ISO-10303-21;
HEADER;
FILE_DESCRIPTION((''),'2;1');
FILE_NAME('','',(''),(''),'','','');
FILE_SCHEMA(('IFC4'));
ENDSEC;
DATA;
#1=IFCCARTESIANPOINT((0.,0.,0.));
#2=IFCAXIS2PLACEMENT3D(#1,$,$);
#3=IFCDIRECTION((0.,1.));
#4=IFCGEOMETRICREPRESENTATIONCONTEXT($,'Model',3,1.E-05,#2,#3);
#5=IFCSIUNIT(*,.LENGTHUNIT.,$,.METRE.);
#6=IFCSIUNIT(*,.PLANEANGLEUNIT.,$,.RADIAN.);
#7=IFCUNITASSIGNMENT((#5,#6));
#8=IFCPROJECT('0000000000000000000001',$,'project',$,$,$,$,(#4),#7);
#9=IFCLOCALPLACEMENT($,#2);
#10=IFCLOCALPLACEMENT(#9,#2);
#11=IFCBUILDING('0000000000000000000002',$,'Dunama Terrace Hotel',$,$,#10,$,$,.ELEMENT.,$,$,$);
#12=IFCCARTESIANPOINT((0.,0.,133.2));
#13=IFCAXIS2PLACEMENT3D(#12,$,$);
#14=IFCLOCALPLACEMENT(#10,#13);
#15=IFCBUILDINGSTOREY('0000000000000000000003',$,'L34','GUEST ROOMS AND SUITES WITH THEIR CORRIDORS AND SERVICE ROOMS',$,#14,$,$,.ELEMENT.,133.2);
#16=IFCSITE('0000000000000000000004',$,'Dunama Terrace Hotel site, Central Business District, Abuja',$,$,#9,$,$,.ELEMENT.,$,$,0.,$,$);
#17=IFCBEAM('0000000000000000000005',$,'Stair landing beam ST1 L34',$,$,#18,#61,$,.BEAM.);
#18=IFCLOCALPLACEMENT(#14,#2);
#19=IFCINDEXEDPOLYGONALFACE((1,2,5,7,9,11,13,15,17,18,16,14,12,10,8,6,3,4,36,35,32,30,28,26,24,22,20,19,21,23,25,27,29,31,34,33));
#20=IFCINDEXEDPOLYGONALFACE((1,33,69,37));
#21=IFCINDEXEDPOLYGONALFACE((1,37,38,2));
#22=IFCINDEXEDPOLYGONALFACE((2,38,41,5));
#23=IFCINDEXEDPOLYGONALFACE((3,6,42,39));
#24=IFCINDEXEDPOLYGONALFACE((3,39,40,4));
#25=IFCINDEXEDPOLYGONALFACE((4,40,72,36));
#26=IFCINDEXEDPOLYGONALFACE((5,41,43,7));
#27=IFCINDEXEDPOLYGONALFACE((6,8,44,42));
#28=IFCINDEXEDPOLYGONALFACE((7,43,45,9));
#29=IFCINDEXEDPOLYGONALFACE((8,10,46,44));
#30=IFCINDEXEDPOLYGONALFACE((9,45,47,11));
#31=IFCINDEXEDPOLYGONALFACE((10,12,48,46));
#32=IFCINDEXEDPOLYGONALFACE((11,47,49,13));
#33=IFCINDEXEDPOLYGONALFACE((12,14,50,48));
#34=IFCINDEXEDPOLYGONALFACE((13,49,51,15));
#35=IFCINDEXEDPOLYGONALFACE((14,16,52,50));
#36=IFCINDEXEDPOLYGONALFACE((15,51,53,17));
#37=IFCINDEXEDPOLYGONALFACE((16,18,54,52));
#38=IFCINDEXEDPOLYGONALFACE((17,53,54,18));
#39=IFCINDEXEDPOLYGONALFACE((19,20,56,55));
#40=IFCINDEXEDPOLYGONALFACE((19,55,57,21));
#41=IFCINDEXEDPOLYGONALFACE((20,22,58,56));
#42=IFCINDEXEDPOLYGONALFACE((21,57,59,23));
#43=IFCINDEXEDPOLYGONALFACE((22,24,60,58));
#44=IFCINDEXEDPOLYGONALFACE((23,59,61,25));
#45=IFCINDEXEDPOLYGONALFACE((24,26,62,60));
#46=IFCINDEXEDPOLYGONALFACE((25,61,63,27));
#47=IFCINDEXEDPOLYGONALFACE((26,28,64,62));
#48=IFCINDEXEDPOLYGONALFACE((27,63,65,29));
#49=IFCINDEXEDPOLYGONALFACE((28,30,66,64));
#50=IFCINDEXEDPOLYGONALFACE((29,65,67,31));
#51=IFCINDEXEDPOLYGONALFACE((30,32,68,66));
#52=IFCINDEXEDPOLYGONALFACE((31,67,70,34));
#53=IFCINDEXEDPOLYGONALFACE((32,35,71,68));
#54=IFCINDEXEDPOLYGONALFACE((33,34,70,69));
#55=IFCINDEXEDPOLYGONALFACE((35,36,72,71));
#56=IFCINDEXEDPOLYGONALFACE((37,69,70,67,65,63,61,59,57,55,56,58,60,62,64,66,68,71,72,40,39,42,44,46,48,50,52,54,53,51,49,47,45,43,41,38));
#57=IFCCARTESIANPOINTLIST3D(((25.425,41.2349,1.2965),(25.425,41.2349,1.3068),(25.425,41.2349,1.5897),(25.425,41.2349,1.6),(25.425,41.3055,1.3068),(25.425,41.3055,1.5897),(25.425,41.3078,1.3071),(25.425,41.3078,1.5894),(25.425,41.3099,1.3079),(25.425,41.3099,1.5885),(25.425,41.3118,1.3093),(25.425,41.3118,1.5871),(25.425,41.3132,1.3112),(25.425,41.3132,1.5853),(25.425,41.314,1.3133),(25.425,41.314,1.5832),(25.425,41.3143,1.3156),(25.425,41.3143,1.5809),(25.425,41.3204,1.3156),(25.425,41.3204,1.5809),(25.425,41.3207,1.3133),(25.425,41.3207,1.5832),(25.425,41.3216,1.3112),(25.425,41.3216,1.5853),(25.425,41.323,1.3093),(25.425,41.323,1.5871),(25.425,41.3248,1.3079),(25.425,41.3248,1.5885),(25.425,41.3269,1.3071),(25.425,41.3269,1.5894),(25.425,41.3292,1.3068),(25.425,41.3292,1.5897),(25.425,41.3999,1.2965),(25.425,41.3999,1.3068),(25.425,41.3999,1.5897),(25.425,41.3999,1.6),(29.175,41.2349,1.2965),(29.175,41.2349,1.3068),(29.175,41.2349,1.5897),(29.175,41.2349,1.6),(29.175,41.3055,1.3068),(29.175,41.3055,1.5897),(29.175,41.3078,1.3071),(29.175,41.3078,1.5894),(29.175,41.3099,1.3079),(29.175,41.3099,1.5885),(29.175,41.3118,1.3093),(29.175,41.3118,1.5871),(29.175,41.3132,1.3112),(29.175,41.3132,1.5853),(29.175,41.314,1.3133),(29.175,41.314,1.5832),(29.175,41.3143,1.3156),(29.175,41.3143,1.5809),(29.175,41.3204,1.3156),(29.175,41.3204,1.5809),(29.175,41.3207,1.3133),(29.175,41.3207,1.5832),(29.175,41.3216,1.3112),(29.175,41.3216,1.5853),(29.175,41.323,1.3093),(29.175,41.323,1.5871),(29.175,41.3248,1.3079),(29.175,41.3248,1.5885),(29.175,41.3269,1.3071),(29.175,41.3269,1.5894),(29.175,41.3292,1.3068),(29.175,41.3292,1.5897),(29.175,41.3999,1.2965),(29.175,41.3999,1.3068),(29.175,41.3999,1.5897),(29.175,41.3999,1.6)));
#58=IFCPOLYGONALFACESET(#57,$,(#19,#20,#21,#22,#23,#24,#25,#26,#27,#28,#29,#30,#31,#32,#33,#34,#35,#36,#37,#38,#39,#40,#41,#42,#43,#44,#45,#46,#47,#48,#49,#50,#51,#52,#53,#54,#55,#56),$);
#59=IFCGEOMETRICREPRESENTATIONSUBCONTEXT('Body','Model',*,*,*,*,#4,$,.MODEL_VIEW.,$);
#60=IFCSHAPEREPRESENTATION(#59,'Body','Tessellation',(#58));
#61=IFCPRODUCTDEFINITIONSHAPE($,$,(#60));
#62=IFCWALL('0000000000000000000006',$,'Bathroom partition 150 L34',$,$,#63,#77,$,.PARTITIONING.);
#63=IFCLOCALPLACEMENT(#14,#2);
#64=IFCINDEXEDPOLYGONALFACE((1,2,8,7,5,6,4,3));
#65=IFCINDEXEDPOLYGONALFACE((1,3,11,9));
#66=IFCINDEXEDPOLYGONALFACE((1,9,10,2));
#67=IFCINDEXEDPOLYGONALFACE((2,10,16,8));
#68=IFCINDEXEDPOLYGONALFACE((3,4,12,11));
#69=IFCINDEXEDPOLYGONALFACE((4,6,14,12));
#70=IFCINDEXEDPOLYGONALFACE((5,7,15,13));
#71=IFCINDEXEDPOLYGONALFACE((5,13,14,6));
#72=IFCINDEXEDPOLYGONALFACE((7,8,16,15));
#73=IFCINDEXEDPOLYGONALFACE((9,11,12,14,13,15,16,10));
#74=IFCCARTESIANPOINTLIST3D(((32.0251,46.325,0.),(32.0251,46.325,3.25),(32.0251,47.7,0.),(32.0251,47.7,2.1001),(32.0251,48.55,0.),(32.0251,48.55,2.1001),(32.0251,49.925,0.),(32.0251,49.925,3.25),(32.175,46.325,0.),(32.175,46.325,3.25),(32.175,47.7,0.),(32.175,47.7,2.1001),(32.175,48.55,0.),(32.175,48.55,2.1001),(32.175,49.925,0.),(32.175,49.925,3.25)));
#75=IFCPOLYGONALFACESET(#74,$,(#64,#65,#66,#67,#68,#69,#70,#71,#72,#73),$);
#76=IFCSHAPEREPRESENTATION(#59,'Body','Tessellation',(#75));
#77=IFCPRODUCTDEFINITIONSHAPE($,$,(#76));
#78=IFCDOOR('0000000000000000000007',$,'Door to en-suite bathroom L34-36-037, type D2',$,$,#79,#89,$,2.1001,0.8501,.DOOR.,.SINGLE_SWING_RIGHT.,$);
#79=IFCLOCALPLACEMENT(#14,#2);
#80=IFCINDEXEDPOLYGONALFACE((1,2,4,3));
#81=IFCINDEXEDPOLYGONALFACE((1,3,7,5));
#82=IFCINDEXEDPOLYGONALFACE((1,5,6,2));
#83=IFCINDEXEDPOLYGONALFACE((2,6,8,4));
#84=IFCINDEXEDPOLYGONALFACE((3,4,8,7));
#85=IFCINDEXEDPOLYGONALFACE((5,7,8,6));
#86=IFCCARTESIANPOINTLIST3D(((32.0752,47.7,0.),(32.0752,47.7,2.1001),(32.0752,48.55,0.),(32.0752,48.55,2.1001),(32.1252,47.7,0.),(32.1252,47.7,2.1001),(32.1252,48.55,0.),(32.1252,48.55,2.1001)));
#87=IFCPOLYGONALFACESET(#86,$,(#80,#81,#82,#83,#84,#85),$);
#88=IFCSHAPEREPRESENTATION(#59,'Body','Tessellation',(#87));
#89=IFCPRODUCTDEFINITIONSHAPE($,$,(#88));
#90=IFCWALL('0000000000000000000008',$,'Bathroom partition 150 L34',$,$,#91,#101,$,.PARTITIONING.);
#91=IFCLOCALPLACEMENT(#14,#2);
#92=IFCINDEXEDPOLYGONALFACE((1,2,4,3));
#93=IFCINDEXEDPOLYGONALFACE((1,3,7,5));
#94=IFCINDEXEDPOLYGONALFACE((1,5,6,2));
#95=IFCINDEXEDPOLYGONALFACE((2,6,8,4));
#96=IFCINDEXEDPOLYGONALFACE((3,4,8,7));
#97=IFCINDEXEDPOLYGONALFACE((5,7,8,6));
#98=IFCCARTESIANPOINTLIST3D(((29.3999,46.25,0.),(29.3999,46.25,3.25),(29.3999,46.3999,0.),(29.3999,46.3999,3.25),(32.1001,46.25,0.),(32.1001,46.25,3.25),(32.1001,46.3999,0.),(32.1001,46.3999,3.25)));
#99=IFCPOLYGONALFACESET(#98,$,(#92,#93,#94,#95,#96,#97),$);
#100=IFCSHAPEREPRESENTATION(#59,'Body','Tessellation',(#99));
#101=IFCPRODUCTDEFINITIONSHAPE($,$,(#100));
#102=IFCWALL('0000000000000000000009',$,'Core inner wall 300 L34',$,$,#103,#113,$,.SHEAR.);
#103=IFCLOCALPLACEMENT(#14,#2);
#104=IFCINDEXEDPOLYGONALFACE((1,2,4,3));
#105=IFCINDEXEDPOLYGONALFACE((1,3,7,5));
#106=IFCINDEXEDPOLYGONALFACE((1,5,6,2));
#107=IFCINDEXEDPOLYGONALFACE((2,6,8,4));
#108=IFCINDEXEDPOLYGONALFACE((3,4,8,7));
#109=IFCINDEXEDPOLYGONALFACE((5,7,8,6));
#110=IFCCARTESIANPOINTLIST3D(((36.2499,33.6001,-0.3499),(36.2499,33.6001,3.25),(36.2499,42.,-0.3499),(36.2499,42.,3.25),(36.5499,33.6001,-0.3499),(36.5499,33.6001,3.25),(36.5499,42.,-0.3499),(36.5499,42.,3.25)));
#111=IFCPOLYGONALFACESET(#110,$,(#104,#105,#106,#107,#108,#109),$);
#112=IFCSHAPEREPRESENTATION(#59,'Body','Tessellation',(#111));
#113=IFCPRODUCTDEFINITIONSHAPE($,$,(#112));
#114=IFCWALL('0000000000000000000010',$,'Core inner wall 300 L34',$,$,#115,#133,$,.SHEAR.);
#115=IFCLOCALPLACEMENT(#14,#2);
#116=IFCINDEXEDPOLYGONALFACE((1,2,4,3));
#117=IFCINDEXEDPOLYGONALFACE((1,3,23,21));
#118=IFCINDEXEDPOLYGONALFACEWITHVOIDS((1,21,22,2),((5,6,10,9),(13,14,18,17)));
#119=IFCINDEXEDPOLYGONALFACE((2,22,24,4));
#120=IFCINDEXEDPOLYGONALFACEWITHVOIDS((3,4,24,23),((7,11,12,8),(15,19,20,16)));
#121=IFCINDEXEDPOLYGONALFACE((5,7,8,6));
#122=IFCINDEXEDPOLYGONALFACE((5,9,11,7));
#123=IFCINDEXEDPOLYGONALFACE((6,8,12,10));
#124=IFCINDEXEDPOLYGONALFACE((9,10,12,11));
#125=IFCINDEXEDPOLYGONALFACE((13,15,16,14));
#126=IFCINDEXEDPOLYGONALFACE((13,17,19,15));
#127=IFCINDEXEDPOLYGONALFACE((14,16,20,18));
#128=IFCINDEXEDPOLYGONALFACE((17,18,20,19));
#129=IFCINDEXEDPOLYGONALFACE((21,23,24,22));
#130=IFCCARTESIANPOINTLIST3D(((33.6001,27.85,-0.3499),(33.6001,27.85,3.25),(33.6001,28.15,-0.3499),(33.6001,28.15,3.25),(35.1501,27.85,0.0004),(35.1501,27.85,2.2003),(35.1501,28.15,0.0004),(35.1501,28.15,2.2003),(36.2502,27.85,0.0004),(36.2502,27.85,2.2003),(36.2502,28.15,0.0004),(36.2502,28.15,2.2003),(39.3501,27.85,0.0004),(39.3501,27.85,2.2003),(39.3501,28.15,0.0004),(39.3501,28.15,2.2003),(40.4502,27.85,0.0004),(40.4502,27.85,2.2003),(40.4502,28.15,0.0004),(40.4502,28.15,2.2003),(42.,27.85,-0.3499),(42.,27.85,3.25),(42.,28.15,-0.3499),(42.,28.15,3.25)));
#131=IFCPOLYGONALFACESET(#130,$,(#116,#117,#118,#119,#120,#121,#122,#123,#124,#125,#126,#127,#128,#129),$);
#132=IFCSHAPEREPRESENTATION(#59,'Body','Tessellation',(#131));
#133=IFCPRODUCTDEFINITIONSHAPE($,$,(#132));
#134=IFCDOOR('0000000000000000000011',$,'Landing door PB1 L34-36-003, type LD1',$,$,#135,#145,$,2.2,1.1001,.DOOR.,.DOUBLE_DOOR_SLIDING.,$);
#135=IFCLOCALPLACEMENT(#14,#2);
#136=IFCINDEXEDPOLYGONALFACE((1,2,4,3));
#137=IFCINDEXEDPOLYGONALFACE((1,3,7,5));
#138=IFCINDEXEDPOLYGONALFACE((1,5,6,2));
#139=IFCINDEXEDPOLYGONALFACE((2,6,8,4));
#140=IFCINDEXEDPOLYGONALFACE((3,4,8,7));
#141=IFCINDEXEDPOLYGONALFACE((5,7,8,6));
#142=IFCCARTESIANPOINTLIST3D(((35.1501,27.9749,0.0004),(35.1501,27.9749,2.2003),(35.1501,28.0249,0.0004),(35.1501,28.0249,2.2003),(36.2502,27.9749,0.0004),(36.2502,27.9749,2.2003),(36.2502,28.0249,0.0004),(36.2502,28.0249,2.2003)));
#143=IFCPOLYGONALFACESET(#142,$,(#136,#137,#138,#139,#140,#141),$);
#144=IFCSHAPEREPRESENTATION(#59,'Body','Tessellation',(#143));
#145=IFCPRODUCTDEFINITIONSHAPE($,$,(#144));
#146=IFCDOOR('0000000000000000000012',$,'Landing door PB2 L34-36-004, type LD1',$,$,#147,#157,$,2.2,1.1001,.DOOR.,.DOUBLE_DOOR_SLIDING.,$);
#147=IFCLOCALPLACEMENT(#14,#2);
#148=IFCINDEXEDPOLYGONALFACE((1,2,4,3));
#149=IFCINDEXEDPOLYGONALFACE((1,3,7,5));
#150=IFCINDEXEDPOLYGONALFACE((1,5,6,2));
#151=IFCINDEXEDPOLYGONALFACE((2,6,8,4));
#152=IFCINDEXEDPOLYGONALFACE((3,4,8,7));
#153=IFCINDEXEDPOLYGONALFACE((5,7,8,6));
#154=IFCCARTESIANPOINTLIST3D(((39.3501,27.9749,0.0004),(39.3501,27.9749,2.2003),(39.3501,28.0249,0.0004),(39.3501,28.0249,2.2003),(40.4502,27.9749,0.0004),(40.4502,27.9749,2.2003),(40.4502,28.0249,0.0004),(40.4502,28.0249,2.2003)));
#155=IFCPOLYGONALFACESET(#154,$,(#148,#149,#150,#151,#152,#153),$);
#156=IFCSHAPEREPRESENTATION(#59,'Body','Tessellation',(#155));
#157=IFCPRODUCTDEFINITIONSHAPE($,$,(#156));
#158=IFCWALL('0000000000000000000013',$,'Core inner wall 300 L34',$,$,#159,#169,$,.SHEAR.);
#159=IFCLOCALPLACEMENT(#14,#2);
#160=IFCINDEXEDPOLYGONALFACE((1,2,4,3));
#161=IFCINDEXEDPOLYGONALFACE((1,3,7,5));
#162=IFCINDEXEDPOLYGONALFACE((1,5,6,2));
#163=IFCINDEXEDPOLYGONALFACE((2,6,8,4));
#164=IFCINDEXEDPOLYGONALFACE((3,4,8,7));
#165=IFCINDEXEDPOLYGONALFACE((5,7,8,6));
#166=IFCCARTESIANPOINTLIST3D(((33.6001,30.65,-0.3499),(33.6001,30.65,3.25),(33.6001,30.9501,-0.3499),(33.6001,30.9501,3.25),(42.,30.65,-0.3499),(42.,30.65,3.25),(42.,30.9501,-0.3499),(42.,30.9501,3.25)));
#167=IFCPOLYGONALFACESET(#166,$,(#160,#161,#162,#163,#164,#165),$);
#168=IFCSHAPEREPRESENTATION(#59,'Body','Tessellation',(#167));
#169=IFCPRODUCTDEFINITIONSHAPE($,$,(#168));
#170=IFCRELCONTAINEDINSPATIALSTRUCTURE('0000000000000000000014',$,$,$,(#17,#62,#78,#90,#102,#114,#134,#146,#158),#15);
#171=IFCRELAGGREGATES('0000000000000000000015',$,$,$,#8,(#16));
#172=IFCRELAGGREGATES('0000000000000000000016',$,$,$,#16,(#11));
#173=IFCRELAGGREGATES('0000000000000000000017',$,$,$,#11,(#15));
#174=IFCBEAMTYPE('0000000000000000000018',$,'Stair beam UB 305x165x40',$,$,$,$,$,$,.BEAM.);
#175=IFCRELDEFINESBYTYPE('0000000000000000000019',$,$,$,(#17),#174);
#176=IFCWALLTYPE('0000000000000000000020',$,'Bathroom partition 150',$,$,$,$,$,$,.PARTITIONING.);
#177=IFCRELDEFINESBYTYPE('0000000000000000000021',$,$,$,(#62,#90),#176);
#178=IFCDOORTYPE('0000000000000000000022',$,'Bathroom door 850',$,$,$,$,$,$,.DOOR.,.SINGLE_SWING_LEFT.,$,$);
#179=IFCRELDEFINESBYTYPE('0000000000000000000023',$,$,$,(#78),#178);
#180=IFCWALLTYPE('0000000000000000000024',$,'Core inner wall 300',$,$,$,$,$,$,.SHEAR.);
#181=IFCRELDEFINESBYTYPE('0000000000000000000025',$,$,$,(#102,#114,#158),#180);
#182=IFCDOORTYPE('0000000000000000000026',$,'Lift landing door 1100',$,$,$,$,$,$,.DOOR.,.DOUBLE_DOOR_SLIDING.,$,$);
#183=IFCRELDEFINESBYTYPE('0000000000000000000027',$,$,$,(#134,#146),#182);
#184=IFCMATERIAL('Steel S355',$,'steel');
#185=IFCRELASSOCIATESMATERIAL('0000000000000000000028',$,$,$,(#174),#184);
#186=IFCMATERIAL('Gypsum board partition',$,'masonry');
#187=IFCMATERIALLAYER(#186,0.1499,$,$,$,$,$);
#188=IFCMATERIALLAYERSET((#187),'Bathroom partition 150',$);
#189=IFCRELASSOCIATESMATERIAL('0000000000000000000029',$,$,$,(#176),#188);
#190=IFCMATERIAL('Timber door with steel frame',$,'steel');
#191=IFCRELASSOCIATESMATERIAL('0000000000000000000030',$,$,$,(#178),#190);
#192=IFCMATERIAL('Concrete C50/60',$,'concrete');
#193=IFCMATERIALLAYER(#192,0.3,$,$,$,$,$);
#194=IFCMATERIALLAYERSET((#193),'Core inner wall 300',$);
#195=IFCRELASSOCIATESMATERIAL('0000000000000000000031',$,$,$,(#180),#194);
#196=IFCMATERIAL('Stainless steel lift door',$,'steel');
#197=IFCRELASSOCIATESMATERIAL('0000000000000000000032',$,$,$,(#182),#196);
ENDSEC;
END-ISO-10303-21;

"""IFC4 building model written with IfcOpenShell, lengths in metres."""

from ifc_helpers import new_model, si_unit, direction, frame, frame_2d, origin, origin_2d, place, context, subcontext, project, spatial, rectangle, i_section, extrude, material, layer, layer_set, material_profile, profile_set, type_object, element, fill, save


model = new_model("IFC4")

# Units and contexts
model_context = context("Model", 3, precision=1e-05, world=origin(), true_north=direction((0.0, 1.0)))
body_context = subcontext(model_context, "Body", "Model", "MODEL_VIEW")
ifc_project = project(units=[si_unit("LENGTHUNIT", "METRE"), si_unit("PLANEANGLEUNIT", "RADIAN")], contexts=[model_context])

# Site, building, storey
site_placement = place(None, origin())
site = spatial("IfcSite", under=ifc_project, at=site_placement, Name="Dunama Terrace Hotel site, Central Business District, Abuja", CompositionType="ELEMENT", RefElevation=0.0)
building_placement = place(site_placement, origin())
building = spatial("IfcBuilding", under=site, at=building_placement, Name="Dunama Terrace Hotel", CompositionType="ELEMENT")
storey_placement = place(building_placement, frame((0.0, 0.0, 133.2)))
storey = spatial("IfcBuildingStorey", under=building, at=storey_placement, Name="L34", Description="GUEST ROOMS AND SUITES WITH THEIR CORRIDORS AND SERVICE ROOMS", CompositionType="ELEMENT", Elevation=133.2)

# Beam
ifc_material_1 = material(Name="Steel S355", Category="steel")
ifc_material_profile = material_profile(ifc_material_1, i_section(OverallWidth=0.165, OverallDepth=0.3035, WebThickness=0.0061, FlangeThickness=0.0103, FilletRadius=0.0088, at=origin_2d()), Name="UB 305x165x40")
ifc_profile_set = profile_set([ifc_material_profile], Name="Steel S355")
beam_type = type_object("IfcBeamType", Name="Stair beam UB 305x165x40", PredefinedType="BEAM", material=ifc_profile_set)
beam_placement = place(storey_placement, frame((25.425, 41.3174, 1.4482), z_axis=(1.0, 0.0, 0.0), x_axis=(0.0, 1.0, 0.0)))
element("IfcBeam", 1, at=beam_placement, inside=storey, type_object=beam_type, Name="Stair landing beam ST1 L34", PredefinedType="BEAM", context=body_context, shape_type="SweptSolid", body=[
    extrude(i_section(OverallWidth=0.165, OverallDepth=0.3035, WebThickness=0.0061, FlangeThickness=0.0103, FilletRadius=0.0088, at=origin_2d()), origin(), (0.0, 0.0, 1.0), 3.75),
])

# Wall, opening, door
ifc_material_2 = material(Name="Gypsum board partition", Category="masonry")
ifc_layer_1 = layer(ifc_material_2, 0.1499)
ifc_layer_set_1 = layer_set([ifc_layer_1], Name="Bathroom partition 150")
wall_type_1 = type_object("IfcWallType", Name="Bathroom partition 150", PredefinedType="PARTITIONING", material=ifc_layer_set_1)
wall_1_placement = place(storey_placement, frame((32.1001, 46.325, 0.0), z_axis=(0.0, 0.0, 1.0), x_axis=(0.0, 1.0, 0.0)))
wall_1 = element("IfcWall", 2, at=wall_1_placement, inside=storey, type_object=wall_type_1, Name="Bathroom partition 150 L34", PredefinedType="PARTITIONING", context=body_context, shape_type="SweptSolid", body=[
    extrude(rectangle(XDim=3.6001, YDim=0.1499, at=frame_2d((1.8, 0.0))), origin(), (0.0, 0.0, 1.0), 3.25),
])
opening_1_placement = place(wall_1_placement, frame((1.375, 0.0, 0.0)))
opening_1 = element("IfcOpeningElement", 3, at=opening_1_placement, cuts=wall_1, PredefinedType="OPENING", context=body_context, shape_type="SweptSolid", body=[
    extrude(rectangle(XDim=0.8501, YDim=2.1001, at=frame_2d((0.425, 1.05))), frame((0.0, 0.085, 0.0), z_axis=(0.0, -1.0, 0.0), x_axis=(1.0, 0.0, 0.0)), (0.0, 0.0, 1.0), 0.1699),
])
ifc_material_3 = material(Name="Timber door with steel frame", Category="steel")
door_type_1 = type_object("IfcDoorType", Name="Bathroom door 850", OperationType="SINGLE_SWING_LEFT", PredefinedType="DOOR", material=ifc_material_3)
door_1_placement = place(opening_1_placement, origin())
door_1 = element("IfcDoor", 4, at=door_1_placement, inside=storey, type_object=door_type_1, Name="Door to en-suite bathroom L34-36-037, type D2", OperationType="SINGLE_SWING_RIGHT", OverallHeight=2.1001, OverallWidth=0.8501, PredefinedType="DOOR", context=body_context, shape_type="SweptSolid", body=[
    extrude(rectangle(XDim=0.8501, YDim=2.1001, at=frame_2d((0.425, 1.05))), frame((0.0, 0.0249, 0.0), z_axis=(0.0, -1.0, 0.0), x_axis=(1.0, 0.0, 0.0)), (0.0, 0.0, 1.0), 0.05),
])
fill(opening_1, door_1)

# Walls
wall_2_placement = place(storey_placement, frame((29.3999, 46.325, 0.0), z_axis=(0.0, 0.0, 1.0), x_axis=(1.0, 0.0, 0.0)))
element("IfcWall", 5, at=wall_2_placement, inside=storey, type_object=wall_type_1, Name="Bathroom partition 150 L34", PredefinedType="PARTITIONING", context=body_context, shape_type="SweptSolid", body=[
    extrude(rectangle(XDim=2.7002, YDim=0.1499, at=frame_2d((1.3501, 0.0))), origin(), (0.0, 0.0, 1.0), 3.25),
])
ifc_material_4 = material(Name="Concrete C50/60", Category="concrete")
ifc_layer_2 = layer(ifc_material_4, 0.3)
ifc_layer_set_2 = layer_set([ifc_layer_2], Name="Core inner wall 300")
wall_type_2 = type_object("IfcWallType", Name="Core inner wall 300", PredefinedType="SHEAR", material=ifc_layer_set_2)
wall_3_placement = place(storey_placement, frame((36.3999, 33.6001, -0.3499), z_axis=(0.0, 0.0, 1.0), x_axis=(0.0, 1.0, 0.0)))
element("IfcWall", 6, at=wall_3_placement, inside=storey, type_object=wall_type_2, Name="Core inner wall 300 L34", PredefinedType="SHEAR", context=body_context, shape_type="SweptSolid", body=[
    extrude(rectangle(XDim=8.3999, YDim=0.3, at=frame_2d((4.2, 0.0))), origin(), (0.0, 0.0, 1.0), 3.5999),
])

# Wall, openings, doors
wall_4_placement = place(storey_placement, frame((33.6001, 28.0, -0.3499), z_axis=(0.0, 0.0, 1.0), x_axis=(1.0, 0.0, 0.0)))
wall_4 = element("IfcWall", 7, at=wall_4_placement, inside=storey, type_object=wall_type_2, Name="Core inner wall 300 L34", PredefinedType="SHEAR", context=body_context, shape_type="SweptSolid", body=[
    extrude(rectangle(XDim=8.3999, YDim=0.3, at=frame_2d((4.2, 0.0))), origin(), (0.0, 0.0, 1.0), 3.5999),
])
opening_2_placement = place(wall_4_placement, frame((1.55, 0.0, 0.3501)))
opening_2 = element("IfcOpeningElement", 8, at=opening_2_placement, cuts=wall_4, PredefinedType="OPENING", context=body_context, shape_type="SweptSolid", body=[
    extrude(rectangle(XDim=1.1001, YDim=2.2, at=frame_2d((0.55, 1.1001))), frame((0.0, 0.1599, 0.0), z_axis=(0.0, -1.0, 0.0), x_axis=(1.0, 0.0, 0.0)), (0.0, 0.0, 1.0), 0.3201),
])
opening_3_placement = place(wall_4_placement, frame((5.75, 0.0, 0.3501)))
opening_3 = element("IfcOpeningElement", 9, at=opening_3_placement, cuts=wall_4, PredefinedType="OPENING", context=body_context, shape_type="SweptSolid", body=[
    extrude(rectangle(XDim=1.1001, YDim=2.2, at=frame_2d((0.55, 1.1001))), frame((0.0, 0.1599, 0.0), z_axis=(0.0, -1.0, 0.0), x_axis=(1.0, 0.0, 0.0)), (0.0, 0.0, 1.0), 0.3201),
])
ifc_material_5 = material(Name="Stainless steel lift door", Category="steel")
door_type_2 = type_object("IfcDoorType", Name="Lift landing door 1100", OperationType="DOUBLE_DOOR_SLIDING", PredefinedType="DOOR", material=ifc_material_5)
door_2_placement = place(opening_2_placement, origin())
door_2 = element("IfcDoor", 10, at=door_2_placement, inside=storey, type_object=door_type_2, Name="Landing door PB1 L34-36-003, type LD1", OperationType="DOUBLE_DOOR_SLIDING", OverallHeight=2.2, OverallWidth=1.1001, PredefinedType="DOOR", context=body_context, shape_type="SweptSolid", body=[
    extrude(rectangle(XDim=1.1001, YDim=2.2, at=frame_2d((0.55, 1.1001))), frame((0.0, 0.0249, 0.0), z_axis=(0.0, -1.0, 0.0), x_axis=(1.0, 0.0, 0.0)), (0.0, 0.0, 1.0), 0.05),
])
fill(opening_2, door_2)
door_3_placement = place(opening_3_placement, origin())
door_3 = element("IfcDoor", 11, at=door_3_placement, inside=storey, type_object=door_type_2, Name="Landing door PB2 L34-36-004, type LD1", OperationType="DOUBLE_DOOR_SLIDING", OverallHeight=2.2, OverallWidth=1.1001, PredefinedType="DOOR", context=body_context, shape_type="SweptSolid", body=[
    extrude(rectangle(XDim=1.1001, YDim=2.2, at=frame_2d((0.55, 1.1001))), frame((0.0, 0.0249, 0.0), z_axis=(0.0, -1.0, 0.0), x_axis=(1.0, 0.0, 0.0)), (0.0, 0.0, 1.0), 0.05),
])
fill(opening_3, door_3)

# Wall
wall_5_placement = place(storey_placement, frame((33.6001, 30.8, -0.3499), z_axis=(0.0, 0.0, 1.0), x_axis=(1.0, 0.0, 0.0)))
element("IfcWall", 12, at=wall_5_placement, inside=storey, type_object=wall_type_2, Name="Core inner wall 300 L34", PredefinedType="SHEAR", context=body_context, shape_type="SweptSolid", body=[
    extrude(rectangle(XDim=8.3999, YDim=0.3, at=frame_2d((4.2, 0.0))), origin(), (0.0, 0.0, 1.0), 3.5999),
])

save(model, "model.ifc")
